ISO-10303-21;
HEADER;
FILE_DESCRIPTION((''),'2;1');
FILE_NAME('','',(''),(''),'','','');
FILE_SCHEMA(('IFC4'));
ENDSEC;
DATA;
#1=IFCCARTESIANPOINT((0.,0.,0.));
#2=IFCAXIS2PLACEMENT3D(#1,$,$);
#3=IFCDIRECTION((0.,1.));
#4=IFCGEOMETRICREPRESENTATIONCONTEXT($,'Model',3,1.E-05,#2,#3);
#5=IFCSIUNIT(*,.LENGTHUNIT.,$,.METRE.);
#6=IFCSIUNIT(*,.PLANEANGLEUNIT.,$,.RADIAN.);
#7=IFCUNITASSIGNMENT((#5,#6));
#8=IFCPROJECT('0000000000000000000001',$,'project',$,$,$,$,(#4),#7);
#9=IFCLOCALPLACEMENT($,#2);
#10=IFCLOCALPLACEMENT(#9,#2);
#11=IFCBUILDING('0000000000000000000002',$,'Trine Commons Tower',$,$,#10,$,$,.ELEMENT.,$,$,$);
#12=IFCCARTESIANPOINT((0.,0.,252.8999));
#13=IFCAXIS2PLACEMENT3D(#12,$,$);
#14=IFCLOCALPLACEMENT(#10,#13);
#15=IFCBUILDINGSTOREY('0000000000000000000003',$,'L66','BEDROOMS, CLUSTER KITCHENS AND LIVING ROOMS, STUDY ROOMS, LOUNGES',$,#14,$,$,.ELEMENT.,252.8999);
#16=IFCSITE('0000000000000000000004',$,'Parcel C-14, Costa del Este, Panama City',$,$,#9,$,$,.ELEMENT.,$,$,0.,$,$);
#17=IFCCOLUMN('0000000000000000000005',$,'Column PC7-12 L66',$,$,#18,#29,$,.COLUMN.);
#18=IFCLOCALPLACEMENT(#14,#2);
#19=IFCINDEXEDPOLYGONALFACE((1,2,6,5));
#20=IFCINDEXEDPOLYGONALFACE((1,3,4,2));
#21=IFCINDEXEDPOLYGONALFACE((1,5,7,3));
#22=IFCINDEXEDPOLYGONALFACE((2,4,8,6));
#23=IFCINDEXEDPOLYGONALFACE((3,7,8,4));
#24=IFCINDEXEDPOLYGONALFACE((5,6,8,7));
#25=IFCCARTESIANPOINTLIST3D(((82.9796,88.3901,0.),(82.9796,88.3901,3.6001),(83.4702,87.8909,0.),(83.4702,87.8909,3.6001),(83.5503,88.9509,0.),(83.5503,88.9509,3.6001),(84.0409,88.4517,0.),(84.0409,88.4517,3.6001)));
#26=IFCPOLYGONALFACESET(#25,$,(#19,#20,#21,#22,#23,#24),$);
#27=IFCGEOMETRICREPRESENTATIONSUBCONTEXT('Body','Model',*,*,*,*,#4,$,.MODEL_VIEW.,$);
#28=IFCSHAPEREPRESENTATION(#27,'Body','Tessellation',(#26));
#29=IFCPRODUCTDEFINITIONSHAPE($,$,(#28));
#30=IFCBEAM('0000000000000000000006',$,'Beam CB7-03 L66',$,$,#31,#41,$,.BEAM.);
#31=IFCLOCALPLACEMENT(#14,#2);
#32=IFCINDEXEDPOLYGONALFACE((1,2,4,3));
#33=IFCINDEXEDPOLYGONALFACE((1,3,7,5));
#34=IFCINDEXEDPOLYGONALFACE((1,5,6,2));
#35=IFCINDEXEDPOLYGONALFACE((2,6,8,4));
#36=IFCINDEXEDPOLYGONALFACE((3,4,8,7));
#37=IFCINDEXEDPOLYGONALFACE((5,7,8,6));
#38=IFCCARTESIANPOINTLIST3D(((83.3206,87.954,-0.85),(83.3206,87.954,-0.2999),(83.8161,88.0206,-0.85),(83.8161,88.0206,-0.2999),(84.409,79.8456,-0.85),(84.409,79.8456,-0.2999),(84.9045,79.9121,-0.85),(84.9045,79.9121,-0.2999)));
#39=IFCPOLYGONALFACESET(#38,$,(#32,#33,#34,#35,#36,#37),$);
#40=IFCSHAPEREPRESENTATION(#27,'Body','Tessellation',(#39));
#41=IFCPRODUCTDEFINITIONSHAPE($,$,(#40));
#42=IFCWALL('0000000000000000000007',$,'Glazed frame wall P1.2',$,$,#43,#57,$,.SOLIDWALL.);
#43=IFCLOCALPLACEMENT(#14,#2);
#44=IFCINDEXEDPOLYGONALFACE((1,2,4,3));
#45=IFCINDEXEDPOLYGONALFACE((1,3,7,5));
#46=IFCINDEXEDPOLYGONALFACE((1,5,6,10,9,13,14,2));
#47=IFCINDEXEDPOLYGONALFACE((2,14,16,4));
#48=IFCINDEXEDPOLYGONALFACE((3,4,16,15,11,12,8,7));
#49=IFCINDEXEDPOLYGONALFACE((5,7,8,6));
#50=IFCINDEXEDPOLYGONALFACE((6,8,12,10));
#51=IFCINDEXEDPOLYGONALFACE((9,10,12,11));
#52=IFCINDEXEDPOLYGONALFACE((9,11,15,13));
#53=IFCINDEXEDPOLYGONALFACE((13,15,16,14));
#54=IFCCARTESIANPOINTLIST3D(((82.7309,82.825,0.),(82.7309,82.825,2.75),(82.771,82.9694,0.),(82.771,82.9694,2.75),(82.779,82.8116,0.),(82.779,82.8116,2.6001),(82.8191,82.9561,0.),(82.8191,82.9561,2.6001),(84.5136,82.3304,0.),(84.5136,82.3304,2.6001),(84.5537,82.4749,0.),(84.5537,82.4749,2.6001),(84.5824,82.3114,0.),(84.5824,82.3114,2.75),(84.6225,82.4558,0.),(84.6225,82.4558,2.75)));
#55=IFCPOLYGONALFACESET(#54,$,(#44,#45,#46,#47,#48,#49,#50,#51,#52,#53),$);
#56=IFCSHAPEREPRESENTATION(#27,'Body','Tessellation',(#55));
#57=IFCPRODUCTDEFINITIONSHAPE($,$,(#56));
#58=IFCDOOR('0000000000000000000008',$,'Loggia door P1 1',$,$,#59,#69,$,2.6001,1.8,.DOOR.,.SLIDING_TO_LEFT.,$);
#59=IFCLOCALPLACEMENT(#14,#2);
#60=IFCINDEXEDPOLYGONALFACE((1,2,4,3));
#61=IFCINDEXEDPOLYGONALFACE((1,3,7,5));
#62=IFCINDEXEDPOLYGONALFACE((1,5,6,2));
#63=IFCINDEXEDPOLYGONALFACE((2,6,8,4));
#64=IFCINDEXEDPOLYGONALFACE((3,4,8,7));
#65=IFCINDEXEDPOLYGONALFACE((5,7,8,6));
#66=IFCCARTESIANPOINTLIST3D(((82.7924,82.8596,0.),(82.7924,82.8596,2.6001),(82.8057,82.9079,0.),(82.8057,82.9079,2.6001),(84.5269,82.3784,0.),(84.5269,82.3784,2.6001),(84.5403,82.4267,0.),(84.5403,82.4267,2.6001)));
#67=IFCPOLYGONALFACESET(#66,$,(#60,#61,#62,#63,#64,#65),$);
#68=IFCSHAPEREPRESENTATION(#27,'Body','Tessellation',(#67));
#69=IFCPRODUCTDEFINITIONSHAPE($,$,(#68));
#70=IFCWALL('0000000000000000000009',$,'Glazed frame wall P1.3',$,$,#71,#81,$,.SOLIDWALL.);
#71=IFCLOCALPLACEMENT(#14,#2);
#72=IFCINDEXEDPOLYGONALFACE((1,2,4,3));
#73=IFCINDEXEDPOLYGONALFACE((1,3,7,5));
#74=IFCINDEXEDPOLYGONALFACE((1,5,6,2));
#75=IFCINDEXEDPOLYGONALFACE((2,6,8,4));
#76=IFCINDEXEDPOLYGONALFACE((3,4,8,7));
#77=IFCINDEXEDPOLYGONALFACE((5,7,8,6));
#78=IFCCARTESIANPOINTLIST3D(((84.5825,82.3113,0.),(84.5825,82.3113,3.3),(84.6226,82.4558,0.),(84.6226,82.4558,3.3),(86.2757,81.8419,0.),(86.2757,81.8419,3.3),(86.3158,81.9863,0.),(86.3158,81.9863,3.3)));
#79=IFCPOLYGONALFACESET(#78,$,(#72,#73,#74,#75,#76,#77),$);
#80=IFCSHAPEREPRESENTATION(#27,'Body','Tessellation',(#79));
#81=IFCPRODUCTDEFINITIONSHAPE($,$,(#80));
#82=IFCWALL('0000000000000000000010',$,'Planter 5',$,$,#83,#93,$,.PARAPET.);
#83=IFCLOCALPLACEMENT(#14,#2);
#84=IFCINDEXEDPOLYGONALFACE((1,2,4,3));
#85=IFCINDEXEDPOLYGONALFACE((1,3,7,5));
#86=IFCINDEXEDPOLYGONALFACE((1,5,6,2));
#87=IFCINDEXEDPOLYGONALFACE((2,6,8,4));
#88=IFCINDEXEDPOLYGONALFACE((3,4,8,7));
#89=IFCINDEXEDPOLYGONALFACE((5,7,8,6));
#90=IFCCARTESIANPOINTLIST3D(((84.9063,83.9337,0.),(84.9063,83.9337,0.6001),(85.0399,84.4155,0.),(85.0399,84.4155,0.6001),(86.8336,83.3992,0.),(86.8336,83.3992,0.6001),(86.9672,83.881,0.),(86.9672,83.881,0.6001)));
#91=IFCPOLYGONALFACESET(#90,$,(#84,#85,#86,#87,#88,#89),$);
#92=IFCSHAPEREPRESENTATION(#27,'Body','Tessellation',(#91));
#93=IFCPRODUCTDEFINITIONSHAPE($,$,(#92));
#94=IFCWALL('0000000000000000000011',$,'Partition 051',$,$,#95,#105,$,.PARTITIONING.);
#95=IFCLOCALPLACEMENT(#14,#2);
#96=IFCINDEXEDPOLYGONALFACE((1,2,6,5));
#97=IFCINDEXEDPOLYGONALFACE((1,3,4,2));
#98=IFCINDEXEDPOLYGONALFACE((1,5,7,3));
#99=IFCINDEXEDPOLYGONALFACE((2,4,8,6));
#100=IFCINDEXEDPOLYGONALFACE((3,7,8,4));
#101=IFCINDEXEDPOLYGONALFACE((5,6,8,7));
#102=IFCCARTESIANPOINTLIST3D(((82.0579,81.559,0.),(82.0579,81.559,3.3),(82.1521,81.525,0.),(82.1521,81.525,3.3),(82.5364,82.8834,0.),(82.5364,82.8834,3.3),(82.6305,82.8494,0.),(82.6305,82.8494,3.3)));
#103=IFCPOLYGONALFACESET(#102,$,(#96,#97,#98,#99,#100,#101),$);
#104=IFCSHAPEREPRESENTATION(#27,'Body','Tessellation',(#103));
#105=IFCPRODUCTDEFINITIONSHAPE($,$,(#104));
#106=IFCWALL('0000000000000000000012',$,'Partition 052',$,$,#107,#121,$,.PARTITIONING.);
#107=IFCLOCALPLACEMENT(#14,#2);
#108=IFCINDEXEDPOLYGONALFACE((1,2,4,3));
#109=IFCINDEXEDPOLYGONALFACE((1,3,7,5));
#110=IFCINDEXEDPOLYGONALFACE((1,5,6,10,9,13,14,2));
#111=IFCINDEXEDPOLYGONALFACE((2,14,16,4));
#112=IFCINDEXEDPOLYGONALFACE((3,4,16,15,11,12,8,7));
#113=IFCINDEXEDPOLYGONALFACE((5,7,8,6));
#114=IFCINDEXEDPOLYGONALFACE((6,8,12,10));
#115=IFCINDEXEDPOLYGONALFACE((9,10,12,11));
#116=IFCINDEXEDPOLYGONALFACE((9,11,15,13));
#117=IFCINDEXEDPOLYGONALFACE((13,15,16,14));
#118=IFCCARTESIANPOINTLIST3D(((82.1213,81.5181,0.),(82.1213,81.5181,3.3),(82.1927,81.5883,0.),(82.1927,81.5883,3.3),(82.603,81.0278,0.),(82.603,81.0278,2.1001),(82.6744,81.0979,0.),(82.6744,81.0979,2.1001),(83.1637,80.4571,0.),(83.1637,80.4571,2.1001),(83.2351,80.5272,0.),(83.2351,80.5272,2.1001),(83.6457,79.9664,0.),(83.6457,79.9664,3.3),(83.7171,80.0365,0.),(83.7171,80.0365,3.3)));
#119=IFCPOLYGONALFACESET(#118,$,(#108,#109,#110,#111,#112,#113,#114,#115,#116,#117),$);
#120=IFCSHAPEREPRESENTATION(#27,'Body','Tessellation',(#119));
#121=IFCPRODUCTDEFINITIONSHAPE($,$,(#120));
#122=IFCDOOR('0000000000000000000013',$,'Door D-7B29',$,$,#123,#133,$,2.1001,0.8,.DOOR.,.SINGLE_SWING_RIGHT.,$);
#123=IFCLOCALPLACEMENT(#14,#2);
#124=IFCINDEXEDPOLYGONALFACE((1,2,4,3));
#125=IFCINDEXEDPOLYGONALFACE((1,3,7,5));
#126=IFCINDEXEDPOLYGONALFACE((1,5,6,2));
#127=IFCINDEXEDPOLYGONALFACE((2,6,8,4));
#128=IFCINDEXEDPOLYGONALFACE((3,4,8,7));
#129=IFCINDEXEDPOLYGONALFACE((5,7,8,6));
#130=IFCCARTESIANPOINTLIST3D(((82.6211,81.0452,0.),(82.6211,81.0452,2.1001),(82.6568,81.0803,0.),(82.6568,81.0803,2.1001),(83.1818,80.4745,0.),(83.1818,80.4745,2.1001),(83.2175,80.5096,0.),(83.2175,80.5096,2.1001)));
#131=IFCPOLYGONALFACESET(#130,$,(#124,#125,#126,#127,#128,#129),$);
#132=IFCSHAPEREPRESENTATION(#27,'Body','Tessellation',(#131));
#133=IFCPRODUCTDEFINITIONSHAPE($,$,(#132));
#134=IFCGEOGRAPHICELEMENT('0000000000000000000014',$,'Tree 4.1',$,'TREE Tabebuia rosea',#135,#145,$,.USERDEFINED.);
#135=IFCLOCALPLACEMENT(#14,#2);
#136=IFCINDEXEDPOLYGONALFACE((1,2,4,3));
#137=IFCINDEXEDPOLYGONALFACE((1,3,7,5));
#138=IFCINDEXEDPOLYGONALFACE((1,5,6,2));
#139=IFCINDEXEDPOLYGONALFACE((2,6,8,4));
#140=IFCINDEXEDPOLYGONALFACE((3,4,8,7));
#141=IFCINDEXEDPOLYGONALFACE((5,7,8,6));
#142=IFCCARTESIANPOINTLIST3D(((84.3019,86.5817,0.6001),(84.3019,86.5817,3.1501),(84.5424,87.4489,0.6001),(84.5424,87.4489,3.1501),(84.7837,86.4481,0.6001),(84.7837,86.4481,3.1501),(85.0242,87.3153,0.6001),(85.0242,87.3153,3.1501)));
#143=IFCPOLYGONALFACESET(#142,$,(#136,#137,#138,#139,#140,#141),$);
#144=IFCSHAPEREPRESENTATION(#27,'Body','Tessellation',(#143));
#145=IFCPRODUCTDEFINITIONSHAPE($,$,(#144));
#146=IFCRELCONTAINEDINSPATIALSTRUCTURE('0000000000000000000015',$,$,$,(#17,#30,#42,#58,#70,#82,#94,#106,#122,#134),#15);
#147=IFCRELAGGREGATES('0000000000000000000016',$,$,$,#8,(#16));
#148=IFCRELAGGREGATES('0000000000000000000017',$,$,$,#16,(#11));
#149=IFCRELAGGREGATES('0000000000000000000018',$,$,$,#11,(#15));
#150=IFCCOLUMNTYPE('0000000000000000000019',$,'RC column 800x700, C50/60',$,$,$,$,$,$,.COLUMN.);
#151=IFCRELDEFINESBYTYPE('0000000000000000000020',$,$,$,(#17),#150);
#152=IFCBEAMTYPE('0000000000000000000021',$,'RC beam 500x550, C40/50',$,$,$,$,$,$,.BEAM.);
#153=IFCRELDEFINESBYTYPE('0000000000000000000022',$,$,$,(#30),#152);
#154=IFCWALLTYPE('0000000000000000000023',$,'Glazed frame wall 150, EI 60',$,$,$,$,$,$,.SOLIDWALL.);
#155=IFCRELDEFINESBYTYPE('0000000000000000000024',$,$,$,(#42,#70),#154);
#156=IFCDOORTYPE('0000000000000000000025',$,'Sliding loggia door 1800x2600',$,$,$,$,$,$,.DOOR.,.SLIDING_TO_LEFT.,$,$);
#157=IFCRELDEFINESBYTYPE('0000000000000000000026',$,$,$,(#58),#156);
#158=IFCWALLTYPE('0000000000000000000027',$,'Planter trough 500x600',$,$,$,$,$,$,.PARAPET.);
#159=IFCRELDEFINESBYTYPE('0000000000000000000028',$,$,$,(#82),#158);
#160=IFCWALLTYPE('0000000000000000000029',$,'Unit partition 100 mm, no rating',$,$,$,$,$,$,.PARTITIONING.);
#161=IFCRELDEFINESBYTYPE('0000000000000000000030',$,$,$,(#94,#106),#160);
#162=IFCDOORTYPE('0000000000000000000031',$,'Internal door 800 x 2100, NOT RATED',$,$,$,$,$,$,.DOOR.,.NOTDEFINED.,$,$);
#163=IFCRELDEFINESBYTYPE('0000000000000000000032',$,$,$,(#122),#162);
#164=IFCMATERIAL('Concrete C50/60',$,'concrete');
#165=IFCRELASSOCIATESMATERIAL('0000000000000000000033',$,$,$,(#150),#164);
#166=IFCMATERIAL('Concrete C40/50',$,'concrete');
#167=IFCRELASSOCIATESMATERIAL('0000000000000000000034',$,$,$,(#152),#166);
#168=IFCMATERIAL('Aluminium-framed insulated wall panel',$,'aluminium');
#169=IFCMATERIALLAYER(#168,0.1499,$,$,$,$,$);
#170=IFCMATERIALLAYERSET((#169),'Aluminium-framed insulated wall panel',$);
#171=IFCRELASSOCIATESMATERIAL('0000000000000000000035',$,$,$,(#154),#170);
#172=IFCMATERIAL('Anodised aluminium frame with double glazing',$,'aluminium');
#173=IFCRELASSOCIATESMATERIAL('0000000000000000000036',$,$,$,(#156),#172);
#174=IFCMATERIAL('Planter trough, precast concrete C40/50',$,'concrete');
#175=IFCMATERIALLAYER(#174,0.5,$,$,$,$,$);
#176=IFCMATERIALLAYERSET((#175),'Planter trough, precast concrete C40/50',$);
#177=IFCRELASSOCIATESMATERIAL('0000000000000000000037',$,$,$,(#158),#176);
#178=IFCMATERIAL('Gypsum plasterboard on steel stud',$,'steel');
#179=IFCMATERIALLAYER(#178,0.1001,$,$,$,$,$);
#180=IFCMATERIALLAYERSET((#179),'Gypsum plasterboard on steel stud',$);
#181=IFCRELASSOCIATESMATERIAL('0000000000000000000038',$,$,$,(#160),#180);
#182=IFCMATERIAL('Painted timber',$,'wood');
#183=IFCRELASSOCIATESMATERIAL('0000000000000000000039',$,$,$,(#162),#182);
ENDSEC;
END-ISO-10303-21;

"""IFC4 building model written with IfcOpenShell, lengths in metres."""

from ifc_helpers import new_model, si_unit, direction, frame, frame_2d, origin, origin_2d, place, context, subcontext, project, spatial, polyline, rectangle, outline, extrude, material, layer, layer_set, material_profile, profile_set, type_object, element, fill, save


model = new_model("IFC4")

# Units and contexts
model_context = context("Model", 3, precision=1e-05, world=origin(), true_north=direction((0.0, 1.0)))
body_context = subcontext(model_context, "Body", "Model", "MODEL_VIEW")
ifc_project = project(units=[si_unit("LENGTHUNIT", "METRE"), si_unit("PLANEANGLEUNIT", "RADIAN")], contexts=[model_context])

# Site, building, storey
site_placement = place(None, origin())
site = spatial("IfcSite", under=ifc_project, at=site_placement, Name="Parcel C-14, Costa del Este, Panama City", CompositionType="ELEMENT", RefElevation=0.0)
building_placement = place(site_placement, origin())
building = spatial("IfcBuilding", under=site, at=building_placement, Name="Trine Commons Tower", CompositionType="ELEMENT")
storey_placement = place(building_placement, frame((0.0, 0.0, 252.8999)))
storey = spatial("IfcBuildingStorey", under=building, at=storey_placement, Name="L66", Description="BEDROOMS, CLUSTER KITCHENS AND LIVING ROOMS, STUDY ROOMS, LOUNGES", CompositionType="ELEMENT", Elevation=252.8999)

# Column
ifc_material_1 = material(Name="Concrete C50/60", Category="concrete")
ifc_material_profile_1 = material_profile(ifc_material_1, rectangle(XDim=0.8, YDim=0.7, at=origin_2d()), Name="RC 800x700")
ifc_profile_set_1 = profile_set([ifc_material_profile_1], Name="Concrete C50/60")
column_type = type_object("IfcColumnType", Name="RC column 800x700, C50/60", PredefinedType="COLUMN", material=ifc_profile_set_1)
column_placement = place(storey_placement, frame((83.5103, 88.4209, 0.0), z_axis=(0.0, 0.0, 1.0), x_axis=(0.71325, 0.700909, 0.0)))
element("IfcColumn", 1, at=column_placement, inside=storey, type_object=column_type, Name="Column PC7-12 L66", PredefinedType="COLUMN", context=body_context, shape_type="SweptSolid", body=[
    extrude(rectangle(XDim=0.8, YDim=0.7, at=origin_2d()), origin(), (0.0, 0.0, 1.0), 3.6001),
])

# Beam
ifc_material_2 = material(Name="Concrete C40/50", Category="concrete")
ifc_material_profile_2 = material_profile(ifc_material_2, rectangle(XDim=0.5, YDim=0.55, at=origin_2d()), Name="RC 500x550")
ifc_profile_set_2 = profile_set([ifc_material_profile_2], Name="Concrete C40/50")
beam_type = type_object("IfcBeamType", Name="RC beam 500x550, C40/50", PredefinedType="BEAM", material=ifc_profile_set_2)
beam_placement = place(storey_placement, frame((83.5684, 87.9873, -0.575), z_axis=(0.133035, -0.991111, 0.0), x_axis=(0.991111, 0.133035, 0.0)))
element("IfcBeam", 2, at=beam_placement, inside=storey, type_object=beam_type, Name="Beam CB7-03 L66", PredefinedType="BEAM", context=body_context, shape_type="SweptSolid", body=[
    extrude(rectangle(XDim=0.5, YDim=0.55, at=origin_2d()), origin(), (0.0, 0.0, 1.0), 8.1812),
])

# Shared definitions
ifc_material_3 = material(Name="Aluminium-framed insulated wall panel", Category="aluminium")
ifc_layer_1 = layer(ifc_material_3, 0.1499)
ifc_layer_set_1 = layer_set([ifc_layer_1], Name="Aluminium-framed insulated wall panel")
wall_type_1 = type_object("IfcWallType", Name="Glazed frame wall 150, EI 60", PredefinedType="SOLIDWALL", material=ifc_layer_set_1)

# Wall, opening, door
wall_1_placement = place(storey_placement, frame((82.751, 82.8972, 0.0), z_axis=(0.0, 0.0, 1.0), x_axis=(0.963605, -0.267329, 0.0)))
wall_1 = element("IfcWall", 3, at=wall_1_placement, inside=storey, type_object=wall_type_1, Name="Glazed frame wall P1.2", PredefinedType="SOLIDWALL", context=body_context, shape_type="SweptSolid", body=[
    extrude(outline(polyline([(0.0, -0.075), (1.9214, -0.075), (1.9214, 0.075), (0.0, 0.075), (0.0, -0.075)])), origin(), (0.0, 0.0, 1.0), 2.75),
])
opening_1_placement = place(wall_1_placement, frame((0.05, 0.0, 0.0)))
opening_1 = element("IfcOpeningElement", 4, at=opening_1_placement, cuts=wall_1, PredefinedType="OPENING", context=body_context, shape_type="SweptSolid", body=[
    extrude(rectangle(XDim=1.8, YDim=2.6001, at=frame_2d((0.8999, 1.3))), frame((0.0, 0.085, 0.0), z_axis=(0.0, -1.0, 0.0), x_axis=(1.0, 0.0, 0.0)), (0.0, 0.0, 1.0), 0.1699),
])
ifc_material_4 = material(Name="Anodised aluminium frame with double glazing", Category="aluminium")
door_type_1 = type_object("IfcDoorType", Name="Sliding loggia door 1800x2600", OperationType="SLIDING_TO_LEFT", PredefinedType="DOOR", material=ifc_material_4)
door_1_placement = place(opening_1_placement, origin())
door_1 = element("IfcDoor", 5, at=door_1_placement, inside=storey, type_object=door_type_1, Name="Loggia door P1 1", OperationType="SLIDING_TO_LEFT", OverallHeight=2.6001, OverallWidth=1.8, PredefinedType="DOOR", context=body_context, shape_type="SweptSolid", body=[
    extrude(rectangle(XDim=1.8, YDim=2.6001, at=frame_2d((0.8999, 1.3))), frame((0.0, 0.0249, 0.0), z_axis=(0.0, -1.0, 0.0), x_axis=(1.0, 0.0, 0.0)), (0.0, 0.0, 1.0), 0.05),
])
fill(opening_1, door_1)

# Walls
wall_2_placement = place(storey_placement, frame((84.6025, 82.3835, 0.0), z_axis=(0.0, 0.0, 1.0), x_axis=(0.963649, -0.267171, 0.0)))
element("IfcWall", 6, at=wall_2_placement, inside=storey, type_object=wall_type_1, Name="Glazed frame wall P1.3", PredefinedType="SOLIDWALL", context=body_context, shape_type="SweptSolid", body=[
    extrude(outline(polyline([(0.0, -0.075), (1.7571, -0.075), (1.7571, 0.075), (0.0, 0.075), (0.0, -0.075)])), origin(), (0.0, 0.0, 1.0), 3.3),
])
ifc_material_5 = material(Name="Planter trough, precast concrete C40/50", Category="concrete")
ifc_layer_2 = layer(ifc_material_5, 0.5)
ifc_layer_set_2 = layer_set([ifc_layer_2], Name="Planter trough, precast concrete C40/50")
wall_type_2 = type_object("IfcWallType", Name="Planter trough 500x600", PredefinedType="PARAPET", material=ifc_layer_set_2)
wall_3_placement = place(storey_placement, frame((84.9731, 84.1746, 0.0), z_axis=(0.0, 0.0, 1.0), x_axis=(0.963637, -0.267216, 0.0)))
element("IfcWall", 7, at=wall_3_placement, inside=storey, type_object=wall_type_2, Name="Planter 5", PredefinedType="PARAPET", context=body_context, shape_type="SweptSolid", body=[
    extrude(rectangle(XDim=2.0, YDim=0.5, at=frame_2d((1.0, 0.0))), origin(), (0.0, 0.0, 1.0), 0.6001),
])
ifc_material_6 = material(Name="Gypsum plasterboard on steel stud", Category="steel")
ifc_layer_3 = layer(ifc_material_6, 0.1001)
ifc_layer_set_3 = layer_set([ifc_layer_3], Name="Gypsum plasterboard on steel stud")
wall_type_3 = type_object("IfcWallType", Name="Unit partition 100 mm, no rating", PredefinedType="PARTITIONING", material=ifc_layer_set_3)
wall_4_placement = place(storey_placement, frame((82.105, 81.542, 0.0), z_axis=(0.0, 0.0, 1.0), x_axis=(0.339794, 0.9405, 0.0)))
element("IfcWall", 8, at=wall_4_placement, inside=storey, type_object=wall_type_3, Name="Partition 051", PredefinedType="PARTITIONING", context=body_context, shape_type="SweptSolid", body=[
    extrude(rectangle(XDim=1.4082, YDim=0.1001, at=frame_2d((0.7041, 0.0))), origin(), (0.0, 0.0, 1.0), 3.3),
])

# Wall, opening, door
wall_5_placement = place(storey_placement, frame((82.157, 81.5532, 0.0), z_axis=(0.0, 0.0, 1.0), x_axis=(0.700794, -0.713364, 0.0)))
wall_5 = element("IfcWall", 9, at=wall_5_placement, inside=storey, type_object=wall_type_3, Name="Partition 052", PredefinedType="PARTITIONING", context=body_context, shape_type="SweptSolid", body=[
    extrude(rectangle(XDim=2.1753, YDim=0.1001, at=frame_2d((1.0876, 0.0))), origin(), (0.0, 0.0, 1.0), 3.3),
])
opening_2_placement = place(wall_5_placement, frame((0.6875, 0.0, 0.0)))
opening_2 = element("IfcOpeningElement", 10, at=opening_2_placement, cuts=wall_5, PredefinedType="OPENING", context=body_context, shape_type="SweptSolid", body=[
    extrude(rectangle(XDim=0.8, YDim=2.1001, at=frame_2d((0.3999, 1.05))), frame((0.0, 0.0601, 0.0), z_axis=(0.0, -1.0, 0.0), x_axis=(1.0, 0.0, 0.0)), (0.0, 0.0, 1.0), 0.1201),
])
ifc_material_7 = material(Name="Painted timber", Category="wood")
door_type_2 = type_object("IfcDoorType", Name="Internal door 800 x 2100, NOT RATED", OperationType="NOTDEFINED", PredefinedType="DOOR", material=ifc_material_7)
door_2_placement = place(opening_2_placement, frame((0.8, 0.0, 0.0), z_axis=(0.0, 0.0, 1.0), x_axis=(-1.0, 0.0, 0.0)))
door_2 = element("IfcDoor", 11, at=door_2_placement, inside=storey, type_object=door_type_2, Name="Door D-7B29", OperationType="SINGLE_SWING_RIGHT", OverallHeight=2.1001, OverallWidth=0.8, PredefinedType="DOOR", context=body_context, shape_type="SweptSolid", body=[
    extrude(rectangle(XDim=0.8, YDim=2.1001, at=frame_2d((0.3999, 1.05))), frame((0.0, 0.0249, 0.0), z_axis=(0.0, -1.0, 0.0), x_axis=(1.0, 0.0, 0.0)), (0.0, 0.0, 1.0), 0.05),
])
fill(opening_2, door_2)

# Geographic element
geographic_element_placement = place(storey_placement, frame((84.6631, 86.9485, 0.6001), z_axis=(0.0, 0.0, 1.0), x_axis=(-0.26724, -0.96363, 0.0)))
element("IfcGeographicElement", 12, at=geographic_element_placement, inside=storey, Name="Tree 4.1", ObjectType="TREE Tabebuia rosea", PredefinedType="USERDEFINED", context=body_context, shape_type="SweptSolid", body=[
    extrude(rectangle(XDim=0.8999, YDim=0.5, at=origin_2d()), origin(), (0.0, 0.0, 1.0), 2.55),
])

save(model, "model.ifc")
